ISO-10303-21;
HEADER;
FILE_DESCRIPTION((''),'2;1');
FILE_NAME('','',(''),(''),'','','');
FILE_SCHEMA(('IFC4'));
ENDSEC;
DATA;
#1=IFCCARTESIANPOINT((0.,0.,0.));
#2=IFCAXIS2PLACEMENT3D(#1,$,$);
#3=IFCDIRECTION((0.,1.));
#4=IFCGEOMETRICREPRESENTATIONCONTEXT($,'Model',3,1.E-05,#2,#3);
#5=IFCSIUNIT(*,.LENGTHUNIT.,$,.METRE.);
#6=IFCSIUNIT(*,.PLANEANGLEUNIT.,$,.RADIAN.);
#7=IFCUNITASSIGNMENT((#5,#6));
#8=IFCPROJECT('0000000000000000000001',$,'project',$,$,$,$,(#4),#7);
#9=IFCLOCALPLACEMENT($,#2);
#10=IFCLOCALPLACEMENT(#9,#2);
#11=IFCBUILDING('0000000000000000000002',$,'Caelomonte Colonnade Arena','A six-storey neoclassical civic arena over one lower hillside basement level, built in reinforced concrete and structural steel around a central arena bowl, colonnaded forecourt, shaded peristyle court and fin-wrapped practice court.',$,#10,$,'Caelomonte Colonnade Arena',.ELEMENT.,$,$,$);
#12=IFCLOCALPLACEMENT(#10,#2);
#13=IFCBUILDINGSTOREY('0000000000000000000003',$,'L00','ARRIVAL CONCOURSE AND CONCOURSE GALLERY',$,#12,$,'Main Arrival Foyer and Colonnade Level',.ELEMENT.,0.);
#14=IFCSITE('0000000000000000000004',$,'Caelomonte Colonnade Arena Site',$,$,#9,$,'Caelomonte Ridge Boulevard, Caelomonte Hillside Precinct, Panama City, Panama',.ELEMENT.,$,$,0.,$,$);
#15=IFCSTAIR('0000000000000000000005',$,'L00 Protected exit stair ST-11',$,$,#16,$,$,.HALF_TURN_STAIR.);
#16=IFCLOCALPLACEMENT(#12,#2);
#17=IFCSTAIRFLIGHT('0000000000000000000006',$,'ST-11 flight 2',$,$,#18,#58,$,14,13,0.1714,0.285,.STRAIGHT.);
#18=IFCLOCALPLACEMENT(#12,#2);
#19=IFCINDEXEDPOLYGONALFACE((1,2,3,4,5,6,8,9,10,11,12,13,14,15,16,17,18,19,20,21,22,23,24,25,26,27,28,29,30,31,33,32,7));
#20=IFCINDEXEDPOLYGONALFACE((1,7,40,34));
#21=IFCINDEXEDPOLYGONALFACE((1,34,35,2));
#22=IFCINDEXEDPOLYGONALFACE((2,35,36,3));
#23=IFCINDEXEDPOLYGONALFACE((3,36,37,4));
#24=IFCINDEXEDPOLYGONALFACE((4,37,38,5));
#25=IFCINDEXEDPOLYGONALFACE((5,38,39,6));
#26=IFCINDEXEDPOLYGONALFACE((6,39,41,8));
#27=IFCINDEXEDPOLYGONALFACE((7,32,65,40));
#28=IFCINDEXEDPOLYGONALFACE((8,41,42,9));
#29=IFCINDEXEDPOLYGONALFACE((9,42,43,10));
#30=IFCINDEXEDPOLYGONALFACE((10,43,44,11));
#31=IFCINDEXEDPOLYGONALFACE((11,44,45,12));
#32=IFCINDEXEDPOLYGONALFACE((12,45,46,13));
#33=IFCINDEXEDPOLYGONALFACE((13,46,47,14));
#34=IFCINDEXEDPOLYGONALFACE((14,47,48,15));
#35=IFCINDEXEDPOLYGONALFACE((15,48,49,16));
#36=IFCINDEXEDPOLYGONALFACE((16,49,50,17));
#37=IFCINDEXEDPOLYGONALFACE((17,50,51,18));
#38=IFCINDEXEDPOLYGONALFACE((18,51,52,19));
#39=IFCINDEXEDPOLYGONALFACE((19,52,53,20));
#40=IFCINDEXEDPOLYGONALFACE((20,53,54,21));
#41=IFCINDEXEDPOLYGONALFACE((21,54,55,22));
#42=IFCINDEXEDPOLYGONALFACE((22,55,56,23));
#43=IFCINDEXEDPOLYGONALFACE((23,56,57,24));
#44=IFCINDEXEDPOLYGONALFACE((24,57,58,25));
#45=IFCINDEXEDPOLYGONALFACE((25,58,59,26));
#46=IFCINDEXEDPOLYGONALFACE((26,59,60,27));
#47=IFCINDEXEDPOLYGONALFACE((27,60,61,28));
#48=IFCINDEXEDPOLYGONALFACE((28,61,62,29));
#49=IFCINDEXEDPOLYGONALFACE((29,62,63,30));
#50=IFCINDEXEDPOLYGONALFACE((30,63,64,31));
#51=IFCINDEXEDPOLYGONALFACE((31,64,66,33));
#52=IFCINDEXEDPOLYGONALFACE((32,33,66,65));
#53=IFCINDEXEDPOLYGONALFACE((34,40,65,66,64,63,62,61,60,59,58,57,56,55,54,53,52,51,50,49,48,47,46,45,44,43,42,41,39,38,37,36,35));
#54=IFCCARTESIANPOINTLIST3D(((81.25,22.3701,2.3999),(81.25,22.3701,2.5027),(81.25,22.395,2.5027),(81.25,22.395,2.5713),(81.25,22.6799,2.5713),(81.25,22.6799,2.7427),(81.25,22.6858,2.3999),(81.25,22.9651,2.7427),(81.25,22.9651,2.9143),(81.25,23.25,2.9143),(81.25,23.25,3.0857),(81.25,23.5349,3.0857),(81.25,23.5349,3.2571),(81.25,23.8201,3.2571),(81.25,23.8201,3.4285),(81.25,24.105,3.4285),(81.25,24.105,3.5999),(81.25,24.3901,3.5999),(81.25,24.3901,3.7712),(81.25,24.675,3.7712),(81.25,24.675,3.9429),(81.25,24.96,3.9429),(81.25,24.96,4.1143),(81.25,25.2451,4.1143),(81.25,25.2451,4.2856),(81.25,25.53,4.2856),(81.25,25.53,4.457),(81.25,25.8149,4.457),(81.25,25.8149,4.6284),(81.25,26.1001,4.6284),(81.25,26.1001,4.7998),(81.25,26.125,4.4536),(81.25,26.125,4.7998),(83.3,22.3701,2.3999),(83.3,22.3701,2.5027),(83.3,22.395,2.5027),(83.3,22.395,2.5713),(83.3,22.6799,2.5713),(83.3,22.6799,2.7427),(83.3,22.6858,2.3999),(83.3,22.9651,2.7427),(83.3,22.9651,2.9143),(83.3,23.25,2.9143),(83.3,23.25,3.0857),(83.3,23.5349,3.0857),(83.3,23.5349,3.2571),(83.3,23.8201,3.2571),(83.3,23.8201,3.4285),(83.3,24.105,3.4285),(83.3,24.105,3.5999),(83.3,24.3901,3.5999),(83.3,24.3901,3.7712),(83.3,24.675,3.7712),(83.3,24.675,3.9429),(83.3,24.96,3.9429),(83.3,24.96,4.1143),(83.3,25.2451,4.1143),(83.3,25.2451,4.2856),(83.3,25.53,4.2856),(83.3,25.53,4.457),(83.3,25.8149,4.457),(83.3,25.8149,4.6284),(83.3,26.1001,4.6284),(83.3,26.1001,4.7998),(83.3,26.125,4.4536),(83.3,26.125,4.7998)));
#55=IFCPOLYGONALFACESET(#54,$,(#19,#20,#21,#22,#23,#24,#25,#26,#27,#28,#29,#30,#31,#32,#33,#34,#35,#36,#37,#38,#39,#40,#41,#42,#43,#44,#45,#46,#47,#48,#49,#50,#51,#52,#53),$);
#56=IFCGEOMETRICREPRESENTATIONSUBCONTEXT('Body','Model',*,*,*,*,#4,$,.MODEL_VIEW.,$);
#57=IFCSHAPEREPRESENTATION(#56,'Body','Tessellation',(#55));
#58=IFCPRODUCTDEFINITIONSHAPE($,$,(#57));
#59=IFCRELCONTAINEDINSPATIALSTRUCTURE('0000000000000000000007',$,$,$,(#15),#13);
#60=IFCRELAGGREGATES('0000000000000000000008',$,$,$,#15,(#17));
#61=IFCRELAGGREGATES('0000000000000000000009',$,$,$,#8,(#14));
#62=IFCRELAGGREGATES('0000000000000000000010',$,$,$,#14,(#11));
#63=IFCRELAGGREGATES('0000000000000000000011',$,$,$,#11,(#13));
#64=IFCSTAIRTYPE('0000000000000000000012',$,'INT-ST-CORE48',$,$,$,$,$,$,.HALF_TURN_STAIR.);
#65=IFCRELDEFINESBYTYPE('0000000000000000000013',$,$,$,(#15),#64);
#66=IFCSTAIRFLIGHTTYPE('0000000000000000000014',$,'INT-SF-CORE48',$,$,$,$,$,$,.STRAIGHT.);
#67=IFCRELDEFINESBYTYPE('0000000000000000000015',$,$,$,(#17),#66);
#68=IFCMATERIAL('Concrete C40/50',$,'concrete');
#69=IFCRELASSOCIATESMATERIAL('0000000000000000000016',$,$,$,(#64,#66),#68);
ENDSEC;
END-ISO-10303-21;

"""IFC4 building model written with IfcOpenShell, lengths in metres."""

from ifc_helpers import new_model, si_unit, direction, frame, origin, place, context, subcontext, project, spatial, polyline, outline, extrude, material, type_object, element, aggregate, save


model = new_model("IFC4")

# Units and contexts
model_context = context("Model", 3, precision=1e-05, world=origin(), true_north=direction((0.0, 1.0)))
body_context = subcontext(model_context, "Body", "Model", "MODEL_VIEW")
ifc_project = project(units=[si_unit("LENGTHUNIT", "METRE"), si_unit("PLANEANGLEUNIT", "RADIAN")], contexts=[model_context])

# Site, building, storey
site_placement = place(None, origin())
site = spatial("IfcSite", under=ifc_project, at=site_placement, Name="Caelomonte Colonnade Arena Site", LongName="Caelomonte Ridge Boulevard, Caelomonte Hillside Precinct, Panama City, Panama", CompositionType="ELEMENT", RefElevation=0.0)
building_placement = place(site_placement, origin())
building = spatial("IfcBuilding", under=site, at=building_placement, Name="Caelomonte Colonnade Arena", Description="A six-storey neoclassical civic arena over one lower hillside basement level, built in reinforced concrete and structural steel around a central arena bowl, colonnaded forecourt, shaded peristyle court and fin-wrapped practice court.", LongName="Caelomonte Colonnade Arena", CompositionType="ELEMENT")
storey_placement = place(building_placement, origin())
storey = spatial("IfcBuildingStorey", under=building, at=storey_placement, Name="L00", Description="ARRIVAL CONCOURSE AND CONCOURSE GALLERY", LongName="Main Arrival Foyer and Colonnade Level", CompositionType="ELEMENT", Elevation=0.0)

# Shared definitions
ifc_material_1 = material(Name="Concrete C40/50", Category="concrete")

# Stair, stair flight
stair_type = type_object("IfcStairType", Name="INT-ST-CORE48", PredefinedType="HALF_TURN_STAIR", material=ifc_material_1)
stair_placement = place(storey_placement, origin())
stair = element("IfcStair", 1, at=stair_placement, inside=storey, type_object=stair_type, Name="L00 Protected exit stair ST-11", PredefinedType="HALF_TURN_STAIR")
stair_flight_type = type_object("IfcStairFlightType", Name="INT-SF-CORE48", PredefinedType="STRAIGHT", material=ifc_material_1)
stair_flight_1_placement = place(storey_placement, frame((82.2749, 22.395, 2.3999), z_axis=(0.0, 0.0, 1.0), x_axis=(0.0, 1.0, 0.0)))
stair_flight_1 = element("IfcStairFlight", 2, at=stair_flight_1_placement, type_object=stair_flight_type, Name="ST-11 flight 2", NumberOfRisers=14, NumberOfTreads=13, PredefinedType="STRAIGHT", RiserHeight=0.1714, TreadLength=0.285, context=body_context, shape_type="SweptSolid", body=[
    extrude(outline(polyline([(-0.0249, 0.0), (-0.0249, 0.1028), (0.0, 0.1028), (0.0, 0.1714), (0.2849, 0.1714), (0.2849, 0.3428), (0.5701, 0.3428), (0.5701, 0.5144), (0.855, 0.5144), (0.855, 0.6858), (1.1399, 0.6858), (1.1399, 0.8572), (1.425, 0.8572), (1.425, 1.0286), (1.71, 1.0286), (1.71, 1.2), (1.9951, 1.2), (1.9951, 1.3713), (2.28, 1.3713), (2.28, 1.543), (2.5649, 1.543), (2.5649, 1.7144), (2.8501, 1.7144), (2.8501, 1.8857), (3.135, 1.8857), (3.135, 2.0571), (3.4199, 2.0571), (3.4199, 2.2285), (3.7051, 2.2285), (3.7051, 2.3999), (3.73, 2.3999), (3.73, 2.0537), (0.2908, 0.0), (-0.0249, 0.0)])), frame((0.0, 1.0249, 0.0), z_axis=(0.0, -1.0, 0.0), x_axis=(1.0, 0.0, 0.0)), (0.0, 0.0, 1.0), 2.05),
])
aggregate(stair, [stair_flight_1])

save(model, "model.ifc")
